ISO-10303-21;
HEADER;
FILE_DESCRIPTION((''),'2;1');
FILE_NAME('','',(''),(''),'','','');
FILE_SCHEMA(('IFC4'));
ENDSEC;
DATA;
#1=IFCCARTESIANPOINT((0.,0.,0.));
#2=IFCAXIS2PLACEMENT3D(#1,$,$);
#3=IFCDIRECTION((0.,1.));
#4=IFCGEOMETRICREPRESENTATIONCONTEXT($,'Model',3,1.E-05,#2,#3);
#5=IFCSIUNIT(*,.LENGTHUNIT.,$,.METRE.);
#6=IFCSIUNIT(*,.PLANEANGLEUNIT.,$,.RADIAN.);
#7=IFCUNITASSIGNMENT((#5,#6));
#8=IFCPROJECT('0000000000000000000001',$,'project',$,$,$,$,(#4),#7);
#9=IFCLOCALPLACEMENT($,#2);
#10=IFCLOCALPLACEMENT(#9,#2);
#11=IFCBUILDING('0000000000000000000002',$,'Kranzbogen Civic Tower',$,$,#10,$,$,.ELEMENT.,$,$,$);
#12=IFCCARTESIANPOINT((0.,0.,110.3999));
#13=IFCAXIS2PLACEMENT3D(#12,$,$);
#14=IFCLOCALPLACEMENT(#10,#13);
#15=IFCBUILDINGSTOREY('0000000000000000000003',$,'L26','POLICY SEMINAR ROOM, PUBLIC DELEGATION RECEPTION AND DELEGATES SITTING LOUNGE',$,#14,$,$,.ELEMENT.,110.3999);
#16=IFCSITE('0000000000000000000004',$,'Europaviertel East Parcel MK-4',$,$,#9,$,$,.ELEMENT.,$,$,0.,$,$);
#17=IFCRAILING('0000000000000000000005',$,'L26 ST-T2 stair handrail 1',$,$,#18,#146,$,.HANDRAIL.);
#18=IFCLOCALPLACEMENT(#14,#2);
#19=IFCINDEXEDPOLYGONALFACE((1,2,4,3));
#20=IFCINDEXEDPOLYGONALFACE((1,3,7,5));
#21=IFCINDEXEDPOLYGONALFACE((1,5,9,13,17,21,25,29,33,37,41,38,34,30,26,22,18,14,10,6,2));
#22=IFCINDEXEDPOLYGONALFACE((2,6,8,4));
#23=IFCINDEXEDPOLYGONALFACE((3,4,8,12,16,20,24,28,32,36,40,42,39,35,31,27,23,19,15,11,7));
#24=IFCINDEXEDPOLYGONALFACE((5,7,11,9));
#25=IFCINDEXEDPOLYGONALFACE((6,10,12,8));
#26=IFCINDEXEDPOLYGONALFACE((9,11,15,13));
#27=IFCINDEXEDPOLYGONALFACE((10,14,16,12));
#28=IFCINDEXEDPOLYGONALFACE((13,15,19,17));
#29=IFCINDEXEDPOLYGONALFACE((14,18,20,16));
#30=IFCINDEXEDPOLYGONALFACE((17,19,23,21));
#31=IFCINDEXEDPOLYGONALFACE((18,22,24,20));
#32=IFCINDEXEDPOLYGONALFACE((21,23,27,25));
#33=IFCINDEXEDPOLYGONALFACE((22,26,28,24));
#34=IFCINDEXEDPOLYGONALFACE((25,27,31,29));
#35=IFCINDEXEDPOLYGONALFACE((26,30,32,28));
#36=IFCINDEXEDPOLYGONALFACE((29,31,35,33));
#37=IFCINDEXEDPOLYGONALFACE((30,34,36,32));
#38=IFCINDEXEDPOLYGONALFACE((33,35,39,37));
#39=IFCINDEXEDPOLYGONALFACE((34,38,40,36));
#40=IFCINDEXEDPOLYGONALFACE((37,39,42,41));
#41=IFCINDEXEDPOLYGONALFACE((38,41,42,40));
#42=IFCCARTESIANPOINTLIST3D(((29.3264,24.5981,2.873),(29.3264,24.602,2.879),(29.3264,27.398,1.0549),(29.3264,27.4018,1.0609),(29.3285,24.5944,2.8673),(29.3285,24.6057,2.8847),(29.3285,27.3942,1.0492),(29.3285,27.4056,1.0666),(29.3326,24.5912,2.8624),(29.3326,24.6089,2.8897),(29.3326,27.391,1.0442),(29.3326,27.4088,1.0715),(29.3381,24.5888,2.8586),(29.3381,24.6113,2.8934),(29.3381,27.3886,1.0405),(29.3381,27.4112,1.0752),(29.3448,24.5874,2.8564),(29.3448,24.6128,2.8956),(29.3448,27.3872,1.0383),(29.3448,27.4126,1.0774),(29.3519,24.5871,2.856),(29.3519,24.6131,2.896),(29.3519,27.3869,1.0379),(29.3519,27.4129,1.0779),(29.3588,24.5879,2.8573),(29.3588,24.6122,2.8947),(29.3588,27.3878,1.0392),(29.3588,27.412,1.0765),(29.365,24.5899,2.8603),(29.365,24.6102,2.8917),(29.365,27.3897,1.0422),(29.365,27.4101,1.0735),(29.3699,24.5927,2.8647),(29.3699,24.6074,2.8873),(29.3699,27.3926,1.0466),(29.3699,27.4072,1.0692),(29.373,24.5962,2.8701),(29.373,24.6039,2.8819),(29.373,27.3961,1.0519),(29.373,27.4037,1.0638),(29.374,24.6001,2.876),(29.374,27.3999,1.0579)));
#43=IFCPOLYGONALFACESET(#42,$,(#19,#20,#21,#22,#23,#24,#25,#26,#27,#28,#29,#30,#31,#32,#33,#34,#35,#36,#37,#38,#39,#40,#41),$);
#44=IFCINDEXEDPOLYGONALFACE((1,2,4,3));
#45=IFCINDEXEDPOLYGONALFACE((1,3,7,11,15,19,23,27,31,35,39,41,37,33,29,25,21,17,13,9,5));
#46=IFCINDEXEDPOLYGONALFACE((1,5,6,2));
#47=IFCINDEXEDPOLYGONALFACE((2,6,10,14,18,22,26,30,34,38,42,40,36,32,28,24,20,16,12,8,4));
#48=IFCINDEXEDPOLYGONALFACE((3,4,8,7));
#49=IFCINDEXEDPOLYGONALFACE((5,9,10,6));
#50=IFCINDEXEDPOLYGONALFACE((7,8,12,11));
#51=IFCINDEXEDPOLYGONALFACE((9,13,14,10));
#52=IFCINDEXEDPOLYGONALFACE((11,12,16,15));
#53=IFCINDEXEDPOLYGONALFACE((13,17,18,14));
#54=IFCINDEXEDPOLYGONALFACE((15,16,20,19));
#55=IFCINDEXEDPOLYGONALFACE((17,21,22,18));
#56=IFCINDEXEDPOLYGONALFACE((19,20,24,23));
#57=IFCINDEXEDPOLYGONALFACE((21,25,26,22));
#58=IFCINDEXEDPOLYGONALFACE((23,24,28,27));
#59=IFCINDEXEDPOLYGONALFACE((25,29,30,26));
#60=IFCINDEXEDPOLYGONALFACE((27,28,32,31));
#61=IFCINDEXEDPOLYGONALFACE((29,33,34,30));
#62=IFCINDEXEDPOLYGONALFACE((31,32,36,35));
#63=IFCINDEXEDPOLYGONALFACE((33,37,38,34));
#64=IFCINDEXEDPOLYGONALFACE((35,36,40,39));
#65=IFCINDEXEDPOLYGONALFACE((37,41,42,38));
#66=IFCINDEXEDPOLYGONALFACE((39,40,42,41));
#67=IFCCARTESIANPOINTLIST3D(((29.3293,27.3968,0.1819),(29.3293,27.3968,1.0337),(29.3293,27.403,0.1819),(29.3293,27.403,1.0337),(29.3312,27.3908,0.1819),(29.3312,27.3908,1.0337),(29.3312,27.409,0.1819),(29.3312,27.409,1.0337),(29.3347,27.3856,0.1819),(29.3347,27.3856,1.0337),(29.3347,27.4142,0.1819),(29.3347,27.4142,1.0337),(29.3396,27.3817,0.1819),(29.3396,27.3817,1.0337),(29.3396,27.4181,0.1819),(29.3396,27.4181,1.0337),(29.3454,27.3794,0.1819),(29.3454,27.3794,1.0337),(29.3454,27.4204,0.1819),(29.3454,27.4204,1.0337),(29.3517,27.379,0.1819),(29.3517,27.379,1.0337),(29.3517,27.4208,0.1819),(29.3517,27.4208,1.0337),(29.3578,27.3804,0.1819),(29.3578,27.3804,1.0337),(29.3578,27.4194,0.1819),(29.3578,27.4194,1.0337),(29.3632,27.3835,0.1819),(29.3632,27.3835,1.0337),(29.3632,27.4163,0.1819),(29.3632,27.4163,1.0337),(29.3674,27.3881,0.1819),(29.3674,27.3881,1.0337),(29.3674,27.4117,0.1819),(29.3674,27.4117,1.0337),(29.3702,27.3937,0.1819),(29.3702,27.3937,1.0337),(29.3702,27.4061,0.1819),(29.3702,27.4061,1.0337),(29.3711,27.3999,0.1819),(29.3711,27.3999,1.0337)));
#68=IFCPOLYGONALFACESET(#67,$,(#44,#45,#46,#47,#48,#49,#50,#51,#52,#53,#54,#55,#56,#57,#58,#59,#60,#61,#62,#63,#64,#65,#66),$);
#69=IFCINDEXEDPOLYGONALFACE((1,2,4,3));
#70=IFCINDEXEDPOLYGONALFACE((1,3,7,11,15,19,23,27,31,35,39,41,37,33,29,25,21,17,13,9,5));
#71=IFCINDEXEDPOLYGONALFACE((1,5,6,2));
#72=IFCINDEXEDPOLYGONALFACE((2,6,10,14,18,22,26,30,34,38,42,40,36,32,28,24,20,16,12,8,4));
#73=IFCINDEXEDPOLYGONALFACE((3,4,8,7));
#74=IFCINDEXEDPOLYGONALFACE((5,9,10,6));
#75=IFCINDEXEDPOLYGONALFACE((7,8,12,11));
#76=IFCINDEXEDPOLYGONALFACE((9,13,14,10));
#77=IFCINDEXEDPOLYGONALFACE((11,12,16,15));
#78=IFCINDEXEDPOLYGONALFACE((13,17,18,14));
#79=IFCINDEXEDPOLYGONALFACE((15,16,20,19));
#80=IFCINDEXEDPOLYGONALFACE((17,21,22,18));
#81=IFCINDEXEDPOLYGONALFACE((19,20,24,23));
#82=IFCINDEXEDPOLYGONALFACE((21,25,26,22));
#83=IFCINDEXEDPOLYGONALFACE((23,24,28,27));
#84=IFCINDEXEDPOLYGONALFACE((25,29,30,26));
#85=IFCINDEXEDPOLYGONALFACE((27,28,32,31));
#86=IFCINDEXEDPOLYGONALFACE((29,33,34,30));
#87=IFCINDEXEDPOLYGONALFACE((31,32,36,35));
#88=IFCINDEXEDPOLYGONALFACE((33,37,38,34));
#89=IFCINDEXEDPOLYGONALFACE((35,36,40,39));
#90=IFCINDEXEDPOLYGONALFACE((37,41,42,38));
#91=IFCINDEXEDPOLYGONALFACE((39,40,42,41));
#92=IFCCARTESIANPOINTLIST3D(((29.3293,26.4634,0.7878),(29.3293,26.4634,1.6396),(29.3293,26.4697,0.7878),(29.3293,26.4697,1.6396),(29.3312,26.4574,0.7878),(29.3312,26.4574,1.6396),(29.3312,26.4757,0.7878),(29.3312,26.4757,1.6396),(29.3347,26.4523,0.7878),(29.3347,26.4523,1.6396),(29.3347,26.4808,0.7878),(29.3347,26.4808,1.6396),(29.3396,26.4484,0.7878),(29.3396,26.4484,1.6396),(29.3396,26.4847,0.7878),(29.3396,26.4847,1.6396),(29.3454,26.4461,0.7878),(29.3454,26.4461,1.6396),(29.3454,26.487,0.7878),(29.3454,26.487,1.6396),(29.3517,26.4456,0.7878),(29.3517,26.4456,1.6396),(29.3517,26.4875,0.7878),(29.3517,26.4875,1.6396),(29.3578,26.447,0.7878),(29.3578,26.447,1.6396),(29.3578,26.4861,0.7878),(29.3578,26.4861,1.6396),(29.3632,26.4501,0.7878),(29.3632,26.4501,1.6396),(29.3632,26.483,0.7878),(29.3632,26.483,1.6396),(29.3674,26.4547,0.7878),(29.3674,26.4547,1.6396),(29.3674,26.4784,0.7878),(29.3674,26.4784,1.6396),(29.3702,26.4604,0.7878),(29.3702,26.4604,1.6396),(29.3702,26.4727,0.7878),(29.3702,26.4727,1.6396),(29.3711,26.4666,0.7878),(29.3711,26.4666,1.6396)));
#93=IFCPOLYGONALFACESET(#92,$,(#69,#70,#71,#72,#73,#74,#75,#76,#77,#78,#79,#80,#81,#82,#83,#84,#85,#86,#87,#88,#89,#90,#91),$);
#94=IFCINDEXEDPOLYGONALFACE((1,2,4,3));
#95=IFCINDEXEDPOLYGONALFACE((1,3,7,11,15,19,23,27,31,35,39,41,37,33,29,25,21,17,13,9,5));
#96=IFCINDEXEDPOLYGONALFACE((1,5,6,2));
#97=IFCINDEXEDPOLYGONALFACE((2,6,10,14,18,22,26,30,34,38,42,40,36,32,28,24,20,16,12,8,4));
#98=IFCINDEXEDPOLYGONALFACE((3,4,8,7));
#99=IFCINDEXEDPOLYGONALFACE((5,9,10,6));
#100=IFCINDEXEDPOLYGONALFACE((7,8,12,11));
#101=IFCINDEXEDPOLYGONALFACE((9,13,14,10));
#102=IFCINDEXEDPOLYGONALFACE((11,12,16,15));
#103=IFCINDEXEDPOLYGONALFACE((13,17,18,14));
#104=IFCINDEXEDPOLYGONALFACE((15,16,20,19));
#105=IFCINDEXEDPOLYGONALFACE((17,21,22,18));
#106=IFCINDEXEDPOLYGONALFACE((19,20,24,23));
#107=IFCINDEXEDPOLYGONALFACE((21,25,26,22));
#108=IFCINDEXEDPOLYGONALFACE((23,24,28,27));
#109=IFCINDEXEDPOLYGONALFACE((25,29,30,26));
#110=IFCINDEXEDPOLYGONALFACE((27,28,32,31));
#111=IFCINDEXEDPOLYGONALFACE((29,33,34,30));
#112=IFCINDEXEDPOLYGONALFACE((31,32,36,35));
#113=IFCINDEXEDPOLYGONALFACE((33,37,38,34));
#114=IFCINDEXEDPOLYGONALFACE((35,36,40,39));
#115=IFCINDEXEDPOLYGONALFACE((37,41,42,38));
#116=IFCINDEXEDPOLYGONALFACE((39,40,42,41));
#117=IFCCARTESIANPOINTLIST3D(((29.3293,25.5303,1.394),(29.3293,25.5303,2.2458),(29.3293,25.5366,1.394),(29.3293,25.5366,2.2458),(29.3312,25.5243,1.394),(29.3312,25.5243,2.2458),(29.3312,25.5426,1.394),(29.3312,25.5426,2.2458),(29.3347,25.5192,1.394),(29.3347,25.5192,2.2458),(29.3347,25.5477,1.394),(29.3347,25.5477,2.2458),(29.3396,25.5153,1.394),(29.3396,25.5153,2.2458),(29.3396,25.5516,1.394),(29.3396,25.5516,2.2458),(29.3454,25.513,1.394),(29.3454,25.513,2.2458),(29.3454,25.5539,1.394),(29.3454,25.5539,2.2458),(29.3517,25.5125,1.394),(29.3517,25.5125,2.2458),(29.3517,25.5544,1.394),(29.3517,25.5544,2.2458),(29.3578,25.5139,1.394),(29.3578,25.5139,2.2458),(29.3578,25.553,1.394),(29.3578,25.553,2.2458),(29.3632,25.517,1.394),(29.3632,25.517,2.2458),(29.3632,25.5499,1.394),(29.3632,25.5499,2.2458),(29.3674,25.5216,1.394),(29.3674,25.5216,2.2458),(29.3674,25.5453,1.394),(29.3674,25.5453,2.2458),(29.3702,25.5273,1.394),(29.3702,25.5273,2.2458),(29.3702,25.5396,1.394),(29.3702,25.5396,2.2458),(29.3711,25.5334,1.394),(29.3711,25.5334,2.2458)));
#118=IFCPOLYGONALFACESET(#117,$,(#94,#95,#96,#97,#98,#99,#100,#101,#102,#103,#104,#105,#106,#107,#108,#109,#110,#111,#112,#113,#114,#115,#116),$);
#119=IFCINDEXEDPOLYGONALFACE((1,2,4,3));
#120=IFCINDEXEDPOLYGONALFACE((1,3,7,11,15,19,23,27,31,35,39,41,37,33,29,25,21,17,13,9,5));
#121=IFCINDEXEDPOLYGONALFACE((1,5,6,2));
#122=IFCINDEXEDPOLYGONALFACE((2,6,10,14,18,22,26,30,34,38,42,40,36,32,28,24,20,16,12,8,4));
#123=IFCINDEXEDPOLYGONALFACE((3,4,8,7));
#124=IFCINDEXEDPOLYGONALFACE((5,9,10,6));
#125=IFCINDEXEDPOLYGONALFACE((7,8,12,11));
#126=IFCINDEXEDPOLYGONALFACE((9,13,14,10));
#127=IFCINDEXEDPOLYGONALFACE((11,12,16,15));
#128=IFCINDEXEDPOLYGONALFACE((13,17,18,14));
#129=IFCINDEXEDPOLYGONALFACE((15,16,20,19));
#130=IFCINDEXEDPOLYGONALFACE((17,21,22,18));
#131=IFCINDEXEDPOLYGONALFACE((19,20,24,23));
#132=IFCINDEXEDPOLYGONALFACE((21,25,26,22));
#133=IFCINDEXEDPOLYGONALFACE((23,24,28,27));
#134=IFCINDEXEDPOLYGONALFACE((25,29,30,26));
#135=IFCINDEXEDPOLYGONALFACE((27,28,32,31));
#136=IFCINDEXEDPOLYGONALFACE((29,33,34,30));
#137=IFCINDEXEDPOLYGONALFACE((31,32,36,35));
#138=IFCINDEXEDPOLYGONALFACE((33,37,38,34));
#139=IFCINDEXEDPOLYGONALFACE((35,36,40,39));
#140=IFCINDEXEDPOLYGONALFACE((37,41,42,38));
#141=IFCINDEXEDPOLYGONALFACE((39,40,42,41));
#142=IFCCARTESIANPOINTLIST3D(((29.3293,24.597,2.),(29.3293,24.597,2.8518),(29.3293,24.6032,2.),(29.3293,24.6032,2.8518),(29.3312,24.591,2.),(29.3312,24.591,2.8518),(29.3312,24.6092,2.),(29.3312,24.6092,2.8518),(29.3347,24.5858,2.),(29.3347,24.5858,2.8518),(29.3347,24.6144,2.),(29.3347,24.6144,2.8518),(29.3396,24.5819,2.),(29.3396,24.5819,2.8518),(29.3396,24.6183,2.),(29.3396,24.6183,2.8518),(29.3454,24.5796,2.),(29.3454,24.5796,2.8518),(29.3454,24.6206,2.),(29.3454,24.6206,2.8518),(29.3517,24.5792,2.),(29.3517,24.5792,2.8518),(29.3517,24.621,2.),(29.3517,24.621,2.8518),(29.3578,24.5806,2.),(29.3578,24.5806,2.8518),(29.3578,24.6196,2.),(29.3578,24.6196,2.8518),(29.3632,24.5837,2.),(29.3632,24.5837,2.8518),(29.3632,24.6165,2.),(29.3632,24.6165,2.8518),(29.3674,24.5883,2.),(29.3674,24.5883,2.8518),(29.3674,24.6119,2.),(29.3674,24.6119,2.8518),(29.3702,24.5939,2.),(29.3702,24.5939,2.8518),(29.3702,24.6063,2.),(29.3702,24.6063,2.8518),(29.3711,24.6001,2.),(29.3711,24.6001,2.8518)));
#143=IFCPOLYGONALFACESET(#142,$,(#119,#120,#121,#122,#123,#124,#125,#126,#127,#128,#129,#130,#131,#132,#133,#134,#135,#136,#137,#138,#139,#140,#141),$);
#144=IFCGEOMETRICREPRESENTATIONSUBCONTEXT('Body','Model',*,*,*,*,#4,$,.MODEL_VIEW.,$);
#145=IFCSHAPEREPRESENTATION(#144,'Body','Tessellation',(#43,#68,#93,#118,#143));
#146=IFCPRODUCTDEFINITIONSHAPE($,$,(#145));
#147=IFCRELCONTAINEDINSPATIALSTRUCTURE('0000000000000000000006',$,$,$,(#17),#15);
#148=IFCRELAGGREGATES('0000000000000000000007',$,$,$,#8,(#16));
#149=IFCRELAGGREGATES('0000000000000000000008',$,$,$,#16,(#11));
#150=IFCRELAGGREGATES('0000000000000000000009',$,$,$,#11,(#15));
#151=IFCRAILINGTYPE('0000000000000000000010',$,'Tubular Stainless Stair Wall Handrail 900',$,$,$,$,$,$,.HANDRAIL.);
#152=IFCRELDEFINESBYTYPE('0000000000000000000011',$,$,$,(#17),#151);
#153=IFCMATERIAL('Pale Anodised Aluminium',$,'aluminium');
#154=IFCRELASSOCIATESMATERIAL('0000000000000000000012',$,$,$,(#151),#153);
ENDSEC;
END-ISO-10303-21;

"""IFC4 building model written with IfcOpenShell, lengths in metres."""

from ifc_helpers import new_model, si_unit, direction, frame, origin, origin_2d, place, context, subcontext, project, spatial, circle, extrude, material, type_object, element, save


model = new_model("IFC4")

# Units and contexts
model_context = context("Model", 3, precision=1e-05, world=origin(), true_north=direction((0.0, 1.0)))
body_context = subcontext(model_context, "Body", "Model", "MODEL_VIEW")
ifc_project = project(units=[si_unit("LENGTHUNIT", "METRE"), si_unit("PLANEANGLEUNIT", "RADIAN")], contexts=[model_context])

# Site, building, storey
site_placement = place(None, origin())
site = spatial("IfcSite", under=ifc_project, at=site_placement, Name="Europaviertel East Parcel MK-4", CompositionType="ELEMENT", RefElevation=0.0)
building_placement = place(site_placement, origin())
building = spatial("IfcBuilding", under=site, at=building_placement, Name="Kranzbogen Civic Tower", CompositionType="ELEMENT")
storey_placement = place(building_placement, frame((0.0, 0.0, 110.3999)))
storey = spatial("IfcBuildingStorey", under=building, at=storey_placement, Name="L26", Description="POLICY SEMINAR ROOM, PUBLIC DELEGATION RECEPTION AND DELEGATES SITTING LOUNGE", CompositionType="ELEMENT", Elevation=110.3999)

# Shared definitions
ifc_material_1 = material(Name="Pale Anodised Aluminium", Category="aluminium")

# Railing
railing_type_1 = type_object("IfcRailingType", Name="Tubular Stainless Stair Wall Handrail 900", PredefinedType="HANDRAIL", material=ifc_material_1)
railing_1_placement = place(storey_placement, frame((29.3501, 27.3999, 0.1819)))
element("IfcRailing", 1, at=railing_1_placement, inside=storey, type_object=railing_type_1, Name="L26 ST-T2 stair handrail 1", PredefinedType="HANDRAIL", context=body_context, shape_type="SweptSolid", body=[
    extrude(circle(Radius=0.0239, at=origin_2d()), frame((0.0, 0.0, 0.876), z_axis=(0.0, -0.838684, 0.544618), x_axis=(1.0, 0.0, 0.0)), (0.0, 0.0, 1.0), 3.3384),
    extrude(circle(Radius=0.021, at=origin_2d()), origin(), (0.0, 0.0, 1.0), 0.8518),
    extrude(circle(Radius=0.021, at=origin_2d()), frame((0.0, -0.9333, 0.606)), (0.0, 0.0, 1.0), 0.8518),
    extrude(circle(Radius=0.021, at=origin_2d()), frame((0.0, -1.8665, 1.2122)), (0.0, 0.0, 1.0), 0.8518),
    extrude(circle(Radius=0.021, at=origin_2d()), frame((0.0, -2.7998, 1.8181)), (0.0, 0.0, 1.0), 0.8518),
])

save(model, "model.ifc")
